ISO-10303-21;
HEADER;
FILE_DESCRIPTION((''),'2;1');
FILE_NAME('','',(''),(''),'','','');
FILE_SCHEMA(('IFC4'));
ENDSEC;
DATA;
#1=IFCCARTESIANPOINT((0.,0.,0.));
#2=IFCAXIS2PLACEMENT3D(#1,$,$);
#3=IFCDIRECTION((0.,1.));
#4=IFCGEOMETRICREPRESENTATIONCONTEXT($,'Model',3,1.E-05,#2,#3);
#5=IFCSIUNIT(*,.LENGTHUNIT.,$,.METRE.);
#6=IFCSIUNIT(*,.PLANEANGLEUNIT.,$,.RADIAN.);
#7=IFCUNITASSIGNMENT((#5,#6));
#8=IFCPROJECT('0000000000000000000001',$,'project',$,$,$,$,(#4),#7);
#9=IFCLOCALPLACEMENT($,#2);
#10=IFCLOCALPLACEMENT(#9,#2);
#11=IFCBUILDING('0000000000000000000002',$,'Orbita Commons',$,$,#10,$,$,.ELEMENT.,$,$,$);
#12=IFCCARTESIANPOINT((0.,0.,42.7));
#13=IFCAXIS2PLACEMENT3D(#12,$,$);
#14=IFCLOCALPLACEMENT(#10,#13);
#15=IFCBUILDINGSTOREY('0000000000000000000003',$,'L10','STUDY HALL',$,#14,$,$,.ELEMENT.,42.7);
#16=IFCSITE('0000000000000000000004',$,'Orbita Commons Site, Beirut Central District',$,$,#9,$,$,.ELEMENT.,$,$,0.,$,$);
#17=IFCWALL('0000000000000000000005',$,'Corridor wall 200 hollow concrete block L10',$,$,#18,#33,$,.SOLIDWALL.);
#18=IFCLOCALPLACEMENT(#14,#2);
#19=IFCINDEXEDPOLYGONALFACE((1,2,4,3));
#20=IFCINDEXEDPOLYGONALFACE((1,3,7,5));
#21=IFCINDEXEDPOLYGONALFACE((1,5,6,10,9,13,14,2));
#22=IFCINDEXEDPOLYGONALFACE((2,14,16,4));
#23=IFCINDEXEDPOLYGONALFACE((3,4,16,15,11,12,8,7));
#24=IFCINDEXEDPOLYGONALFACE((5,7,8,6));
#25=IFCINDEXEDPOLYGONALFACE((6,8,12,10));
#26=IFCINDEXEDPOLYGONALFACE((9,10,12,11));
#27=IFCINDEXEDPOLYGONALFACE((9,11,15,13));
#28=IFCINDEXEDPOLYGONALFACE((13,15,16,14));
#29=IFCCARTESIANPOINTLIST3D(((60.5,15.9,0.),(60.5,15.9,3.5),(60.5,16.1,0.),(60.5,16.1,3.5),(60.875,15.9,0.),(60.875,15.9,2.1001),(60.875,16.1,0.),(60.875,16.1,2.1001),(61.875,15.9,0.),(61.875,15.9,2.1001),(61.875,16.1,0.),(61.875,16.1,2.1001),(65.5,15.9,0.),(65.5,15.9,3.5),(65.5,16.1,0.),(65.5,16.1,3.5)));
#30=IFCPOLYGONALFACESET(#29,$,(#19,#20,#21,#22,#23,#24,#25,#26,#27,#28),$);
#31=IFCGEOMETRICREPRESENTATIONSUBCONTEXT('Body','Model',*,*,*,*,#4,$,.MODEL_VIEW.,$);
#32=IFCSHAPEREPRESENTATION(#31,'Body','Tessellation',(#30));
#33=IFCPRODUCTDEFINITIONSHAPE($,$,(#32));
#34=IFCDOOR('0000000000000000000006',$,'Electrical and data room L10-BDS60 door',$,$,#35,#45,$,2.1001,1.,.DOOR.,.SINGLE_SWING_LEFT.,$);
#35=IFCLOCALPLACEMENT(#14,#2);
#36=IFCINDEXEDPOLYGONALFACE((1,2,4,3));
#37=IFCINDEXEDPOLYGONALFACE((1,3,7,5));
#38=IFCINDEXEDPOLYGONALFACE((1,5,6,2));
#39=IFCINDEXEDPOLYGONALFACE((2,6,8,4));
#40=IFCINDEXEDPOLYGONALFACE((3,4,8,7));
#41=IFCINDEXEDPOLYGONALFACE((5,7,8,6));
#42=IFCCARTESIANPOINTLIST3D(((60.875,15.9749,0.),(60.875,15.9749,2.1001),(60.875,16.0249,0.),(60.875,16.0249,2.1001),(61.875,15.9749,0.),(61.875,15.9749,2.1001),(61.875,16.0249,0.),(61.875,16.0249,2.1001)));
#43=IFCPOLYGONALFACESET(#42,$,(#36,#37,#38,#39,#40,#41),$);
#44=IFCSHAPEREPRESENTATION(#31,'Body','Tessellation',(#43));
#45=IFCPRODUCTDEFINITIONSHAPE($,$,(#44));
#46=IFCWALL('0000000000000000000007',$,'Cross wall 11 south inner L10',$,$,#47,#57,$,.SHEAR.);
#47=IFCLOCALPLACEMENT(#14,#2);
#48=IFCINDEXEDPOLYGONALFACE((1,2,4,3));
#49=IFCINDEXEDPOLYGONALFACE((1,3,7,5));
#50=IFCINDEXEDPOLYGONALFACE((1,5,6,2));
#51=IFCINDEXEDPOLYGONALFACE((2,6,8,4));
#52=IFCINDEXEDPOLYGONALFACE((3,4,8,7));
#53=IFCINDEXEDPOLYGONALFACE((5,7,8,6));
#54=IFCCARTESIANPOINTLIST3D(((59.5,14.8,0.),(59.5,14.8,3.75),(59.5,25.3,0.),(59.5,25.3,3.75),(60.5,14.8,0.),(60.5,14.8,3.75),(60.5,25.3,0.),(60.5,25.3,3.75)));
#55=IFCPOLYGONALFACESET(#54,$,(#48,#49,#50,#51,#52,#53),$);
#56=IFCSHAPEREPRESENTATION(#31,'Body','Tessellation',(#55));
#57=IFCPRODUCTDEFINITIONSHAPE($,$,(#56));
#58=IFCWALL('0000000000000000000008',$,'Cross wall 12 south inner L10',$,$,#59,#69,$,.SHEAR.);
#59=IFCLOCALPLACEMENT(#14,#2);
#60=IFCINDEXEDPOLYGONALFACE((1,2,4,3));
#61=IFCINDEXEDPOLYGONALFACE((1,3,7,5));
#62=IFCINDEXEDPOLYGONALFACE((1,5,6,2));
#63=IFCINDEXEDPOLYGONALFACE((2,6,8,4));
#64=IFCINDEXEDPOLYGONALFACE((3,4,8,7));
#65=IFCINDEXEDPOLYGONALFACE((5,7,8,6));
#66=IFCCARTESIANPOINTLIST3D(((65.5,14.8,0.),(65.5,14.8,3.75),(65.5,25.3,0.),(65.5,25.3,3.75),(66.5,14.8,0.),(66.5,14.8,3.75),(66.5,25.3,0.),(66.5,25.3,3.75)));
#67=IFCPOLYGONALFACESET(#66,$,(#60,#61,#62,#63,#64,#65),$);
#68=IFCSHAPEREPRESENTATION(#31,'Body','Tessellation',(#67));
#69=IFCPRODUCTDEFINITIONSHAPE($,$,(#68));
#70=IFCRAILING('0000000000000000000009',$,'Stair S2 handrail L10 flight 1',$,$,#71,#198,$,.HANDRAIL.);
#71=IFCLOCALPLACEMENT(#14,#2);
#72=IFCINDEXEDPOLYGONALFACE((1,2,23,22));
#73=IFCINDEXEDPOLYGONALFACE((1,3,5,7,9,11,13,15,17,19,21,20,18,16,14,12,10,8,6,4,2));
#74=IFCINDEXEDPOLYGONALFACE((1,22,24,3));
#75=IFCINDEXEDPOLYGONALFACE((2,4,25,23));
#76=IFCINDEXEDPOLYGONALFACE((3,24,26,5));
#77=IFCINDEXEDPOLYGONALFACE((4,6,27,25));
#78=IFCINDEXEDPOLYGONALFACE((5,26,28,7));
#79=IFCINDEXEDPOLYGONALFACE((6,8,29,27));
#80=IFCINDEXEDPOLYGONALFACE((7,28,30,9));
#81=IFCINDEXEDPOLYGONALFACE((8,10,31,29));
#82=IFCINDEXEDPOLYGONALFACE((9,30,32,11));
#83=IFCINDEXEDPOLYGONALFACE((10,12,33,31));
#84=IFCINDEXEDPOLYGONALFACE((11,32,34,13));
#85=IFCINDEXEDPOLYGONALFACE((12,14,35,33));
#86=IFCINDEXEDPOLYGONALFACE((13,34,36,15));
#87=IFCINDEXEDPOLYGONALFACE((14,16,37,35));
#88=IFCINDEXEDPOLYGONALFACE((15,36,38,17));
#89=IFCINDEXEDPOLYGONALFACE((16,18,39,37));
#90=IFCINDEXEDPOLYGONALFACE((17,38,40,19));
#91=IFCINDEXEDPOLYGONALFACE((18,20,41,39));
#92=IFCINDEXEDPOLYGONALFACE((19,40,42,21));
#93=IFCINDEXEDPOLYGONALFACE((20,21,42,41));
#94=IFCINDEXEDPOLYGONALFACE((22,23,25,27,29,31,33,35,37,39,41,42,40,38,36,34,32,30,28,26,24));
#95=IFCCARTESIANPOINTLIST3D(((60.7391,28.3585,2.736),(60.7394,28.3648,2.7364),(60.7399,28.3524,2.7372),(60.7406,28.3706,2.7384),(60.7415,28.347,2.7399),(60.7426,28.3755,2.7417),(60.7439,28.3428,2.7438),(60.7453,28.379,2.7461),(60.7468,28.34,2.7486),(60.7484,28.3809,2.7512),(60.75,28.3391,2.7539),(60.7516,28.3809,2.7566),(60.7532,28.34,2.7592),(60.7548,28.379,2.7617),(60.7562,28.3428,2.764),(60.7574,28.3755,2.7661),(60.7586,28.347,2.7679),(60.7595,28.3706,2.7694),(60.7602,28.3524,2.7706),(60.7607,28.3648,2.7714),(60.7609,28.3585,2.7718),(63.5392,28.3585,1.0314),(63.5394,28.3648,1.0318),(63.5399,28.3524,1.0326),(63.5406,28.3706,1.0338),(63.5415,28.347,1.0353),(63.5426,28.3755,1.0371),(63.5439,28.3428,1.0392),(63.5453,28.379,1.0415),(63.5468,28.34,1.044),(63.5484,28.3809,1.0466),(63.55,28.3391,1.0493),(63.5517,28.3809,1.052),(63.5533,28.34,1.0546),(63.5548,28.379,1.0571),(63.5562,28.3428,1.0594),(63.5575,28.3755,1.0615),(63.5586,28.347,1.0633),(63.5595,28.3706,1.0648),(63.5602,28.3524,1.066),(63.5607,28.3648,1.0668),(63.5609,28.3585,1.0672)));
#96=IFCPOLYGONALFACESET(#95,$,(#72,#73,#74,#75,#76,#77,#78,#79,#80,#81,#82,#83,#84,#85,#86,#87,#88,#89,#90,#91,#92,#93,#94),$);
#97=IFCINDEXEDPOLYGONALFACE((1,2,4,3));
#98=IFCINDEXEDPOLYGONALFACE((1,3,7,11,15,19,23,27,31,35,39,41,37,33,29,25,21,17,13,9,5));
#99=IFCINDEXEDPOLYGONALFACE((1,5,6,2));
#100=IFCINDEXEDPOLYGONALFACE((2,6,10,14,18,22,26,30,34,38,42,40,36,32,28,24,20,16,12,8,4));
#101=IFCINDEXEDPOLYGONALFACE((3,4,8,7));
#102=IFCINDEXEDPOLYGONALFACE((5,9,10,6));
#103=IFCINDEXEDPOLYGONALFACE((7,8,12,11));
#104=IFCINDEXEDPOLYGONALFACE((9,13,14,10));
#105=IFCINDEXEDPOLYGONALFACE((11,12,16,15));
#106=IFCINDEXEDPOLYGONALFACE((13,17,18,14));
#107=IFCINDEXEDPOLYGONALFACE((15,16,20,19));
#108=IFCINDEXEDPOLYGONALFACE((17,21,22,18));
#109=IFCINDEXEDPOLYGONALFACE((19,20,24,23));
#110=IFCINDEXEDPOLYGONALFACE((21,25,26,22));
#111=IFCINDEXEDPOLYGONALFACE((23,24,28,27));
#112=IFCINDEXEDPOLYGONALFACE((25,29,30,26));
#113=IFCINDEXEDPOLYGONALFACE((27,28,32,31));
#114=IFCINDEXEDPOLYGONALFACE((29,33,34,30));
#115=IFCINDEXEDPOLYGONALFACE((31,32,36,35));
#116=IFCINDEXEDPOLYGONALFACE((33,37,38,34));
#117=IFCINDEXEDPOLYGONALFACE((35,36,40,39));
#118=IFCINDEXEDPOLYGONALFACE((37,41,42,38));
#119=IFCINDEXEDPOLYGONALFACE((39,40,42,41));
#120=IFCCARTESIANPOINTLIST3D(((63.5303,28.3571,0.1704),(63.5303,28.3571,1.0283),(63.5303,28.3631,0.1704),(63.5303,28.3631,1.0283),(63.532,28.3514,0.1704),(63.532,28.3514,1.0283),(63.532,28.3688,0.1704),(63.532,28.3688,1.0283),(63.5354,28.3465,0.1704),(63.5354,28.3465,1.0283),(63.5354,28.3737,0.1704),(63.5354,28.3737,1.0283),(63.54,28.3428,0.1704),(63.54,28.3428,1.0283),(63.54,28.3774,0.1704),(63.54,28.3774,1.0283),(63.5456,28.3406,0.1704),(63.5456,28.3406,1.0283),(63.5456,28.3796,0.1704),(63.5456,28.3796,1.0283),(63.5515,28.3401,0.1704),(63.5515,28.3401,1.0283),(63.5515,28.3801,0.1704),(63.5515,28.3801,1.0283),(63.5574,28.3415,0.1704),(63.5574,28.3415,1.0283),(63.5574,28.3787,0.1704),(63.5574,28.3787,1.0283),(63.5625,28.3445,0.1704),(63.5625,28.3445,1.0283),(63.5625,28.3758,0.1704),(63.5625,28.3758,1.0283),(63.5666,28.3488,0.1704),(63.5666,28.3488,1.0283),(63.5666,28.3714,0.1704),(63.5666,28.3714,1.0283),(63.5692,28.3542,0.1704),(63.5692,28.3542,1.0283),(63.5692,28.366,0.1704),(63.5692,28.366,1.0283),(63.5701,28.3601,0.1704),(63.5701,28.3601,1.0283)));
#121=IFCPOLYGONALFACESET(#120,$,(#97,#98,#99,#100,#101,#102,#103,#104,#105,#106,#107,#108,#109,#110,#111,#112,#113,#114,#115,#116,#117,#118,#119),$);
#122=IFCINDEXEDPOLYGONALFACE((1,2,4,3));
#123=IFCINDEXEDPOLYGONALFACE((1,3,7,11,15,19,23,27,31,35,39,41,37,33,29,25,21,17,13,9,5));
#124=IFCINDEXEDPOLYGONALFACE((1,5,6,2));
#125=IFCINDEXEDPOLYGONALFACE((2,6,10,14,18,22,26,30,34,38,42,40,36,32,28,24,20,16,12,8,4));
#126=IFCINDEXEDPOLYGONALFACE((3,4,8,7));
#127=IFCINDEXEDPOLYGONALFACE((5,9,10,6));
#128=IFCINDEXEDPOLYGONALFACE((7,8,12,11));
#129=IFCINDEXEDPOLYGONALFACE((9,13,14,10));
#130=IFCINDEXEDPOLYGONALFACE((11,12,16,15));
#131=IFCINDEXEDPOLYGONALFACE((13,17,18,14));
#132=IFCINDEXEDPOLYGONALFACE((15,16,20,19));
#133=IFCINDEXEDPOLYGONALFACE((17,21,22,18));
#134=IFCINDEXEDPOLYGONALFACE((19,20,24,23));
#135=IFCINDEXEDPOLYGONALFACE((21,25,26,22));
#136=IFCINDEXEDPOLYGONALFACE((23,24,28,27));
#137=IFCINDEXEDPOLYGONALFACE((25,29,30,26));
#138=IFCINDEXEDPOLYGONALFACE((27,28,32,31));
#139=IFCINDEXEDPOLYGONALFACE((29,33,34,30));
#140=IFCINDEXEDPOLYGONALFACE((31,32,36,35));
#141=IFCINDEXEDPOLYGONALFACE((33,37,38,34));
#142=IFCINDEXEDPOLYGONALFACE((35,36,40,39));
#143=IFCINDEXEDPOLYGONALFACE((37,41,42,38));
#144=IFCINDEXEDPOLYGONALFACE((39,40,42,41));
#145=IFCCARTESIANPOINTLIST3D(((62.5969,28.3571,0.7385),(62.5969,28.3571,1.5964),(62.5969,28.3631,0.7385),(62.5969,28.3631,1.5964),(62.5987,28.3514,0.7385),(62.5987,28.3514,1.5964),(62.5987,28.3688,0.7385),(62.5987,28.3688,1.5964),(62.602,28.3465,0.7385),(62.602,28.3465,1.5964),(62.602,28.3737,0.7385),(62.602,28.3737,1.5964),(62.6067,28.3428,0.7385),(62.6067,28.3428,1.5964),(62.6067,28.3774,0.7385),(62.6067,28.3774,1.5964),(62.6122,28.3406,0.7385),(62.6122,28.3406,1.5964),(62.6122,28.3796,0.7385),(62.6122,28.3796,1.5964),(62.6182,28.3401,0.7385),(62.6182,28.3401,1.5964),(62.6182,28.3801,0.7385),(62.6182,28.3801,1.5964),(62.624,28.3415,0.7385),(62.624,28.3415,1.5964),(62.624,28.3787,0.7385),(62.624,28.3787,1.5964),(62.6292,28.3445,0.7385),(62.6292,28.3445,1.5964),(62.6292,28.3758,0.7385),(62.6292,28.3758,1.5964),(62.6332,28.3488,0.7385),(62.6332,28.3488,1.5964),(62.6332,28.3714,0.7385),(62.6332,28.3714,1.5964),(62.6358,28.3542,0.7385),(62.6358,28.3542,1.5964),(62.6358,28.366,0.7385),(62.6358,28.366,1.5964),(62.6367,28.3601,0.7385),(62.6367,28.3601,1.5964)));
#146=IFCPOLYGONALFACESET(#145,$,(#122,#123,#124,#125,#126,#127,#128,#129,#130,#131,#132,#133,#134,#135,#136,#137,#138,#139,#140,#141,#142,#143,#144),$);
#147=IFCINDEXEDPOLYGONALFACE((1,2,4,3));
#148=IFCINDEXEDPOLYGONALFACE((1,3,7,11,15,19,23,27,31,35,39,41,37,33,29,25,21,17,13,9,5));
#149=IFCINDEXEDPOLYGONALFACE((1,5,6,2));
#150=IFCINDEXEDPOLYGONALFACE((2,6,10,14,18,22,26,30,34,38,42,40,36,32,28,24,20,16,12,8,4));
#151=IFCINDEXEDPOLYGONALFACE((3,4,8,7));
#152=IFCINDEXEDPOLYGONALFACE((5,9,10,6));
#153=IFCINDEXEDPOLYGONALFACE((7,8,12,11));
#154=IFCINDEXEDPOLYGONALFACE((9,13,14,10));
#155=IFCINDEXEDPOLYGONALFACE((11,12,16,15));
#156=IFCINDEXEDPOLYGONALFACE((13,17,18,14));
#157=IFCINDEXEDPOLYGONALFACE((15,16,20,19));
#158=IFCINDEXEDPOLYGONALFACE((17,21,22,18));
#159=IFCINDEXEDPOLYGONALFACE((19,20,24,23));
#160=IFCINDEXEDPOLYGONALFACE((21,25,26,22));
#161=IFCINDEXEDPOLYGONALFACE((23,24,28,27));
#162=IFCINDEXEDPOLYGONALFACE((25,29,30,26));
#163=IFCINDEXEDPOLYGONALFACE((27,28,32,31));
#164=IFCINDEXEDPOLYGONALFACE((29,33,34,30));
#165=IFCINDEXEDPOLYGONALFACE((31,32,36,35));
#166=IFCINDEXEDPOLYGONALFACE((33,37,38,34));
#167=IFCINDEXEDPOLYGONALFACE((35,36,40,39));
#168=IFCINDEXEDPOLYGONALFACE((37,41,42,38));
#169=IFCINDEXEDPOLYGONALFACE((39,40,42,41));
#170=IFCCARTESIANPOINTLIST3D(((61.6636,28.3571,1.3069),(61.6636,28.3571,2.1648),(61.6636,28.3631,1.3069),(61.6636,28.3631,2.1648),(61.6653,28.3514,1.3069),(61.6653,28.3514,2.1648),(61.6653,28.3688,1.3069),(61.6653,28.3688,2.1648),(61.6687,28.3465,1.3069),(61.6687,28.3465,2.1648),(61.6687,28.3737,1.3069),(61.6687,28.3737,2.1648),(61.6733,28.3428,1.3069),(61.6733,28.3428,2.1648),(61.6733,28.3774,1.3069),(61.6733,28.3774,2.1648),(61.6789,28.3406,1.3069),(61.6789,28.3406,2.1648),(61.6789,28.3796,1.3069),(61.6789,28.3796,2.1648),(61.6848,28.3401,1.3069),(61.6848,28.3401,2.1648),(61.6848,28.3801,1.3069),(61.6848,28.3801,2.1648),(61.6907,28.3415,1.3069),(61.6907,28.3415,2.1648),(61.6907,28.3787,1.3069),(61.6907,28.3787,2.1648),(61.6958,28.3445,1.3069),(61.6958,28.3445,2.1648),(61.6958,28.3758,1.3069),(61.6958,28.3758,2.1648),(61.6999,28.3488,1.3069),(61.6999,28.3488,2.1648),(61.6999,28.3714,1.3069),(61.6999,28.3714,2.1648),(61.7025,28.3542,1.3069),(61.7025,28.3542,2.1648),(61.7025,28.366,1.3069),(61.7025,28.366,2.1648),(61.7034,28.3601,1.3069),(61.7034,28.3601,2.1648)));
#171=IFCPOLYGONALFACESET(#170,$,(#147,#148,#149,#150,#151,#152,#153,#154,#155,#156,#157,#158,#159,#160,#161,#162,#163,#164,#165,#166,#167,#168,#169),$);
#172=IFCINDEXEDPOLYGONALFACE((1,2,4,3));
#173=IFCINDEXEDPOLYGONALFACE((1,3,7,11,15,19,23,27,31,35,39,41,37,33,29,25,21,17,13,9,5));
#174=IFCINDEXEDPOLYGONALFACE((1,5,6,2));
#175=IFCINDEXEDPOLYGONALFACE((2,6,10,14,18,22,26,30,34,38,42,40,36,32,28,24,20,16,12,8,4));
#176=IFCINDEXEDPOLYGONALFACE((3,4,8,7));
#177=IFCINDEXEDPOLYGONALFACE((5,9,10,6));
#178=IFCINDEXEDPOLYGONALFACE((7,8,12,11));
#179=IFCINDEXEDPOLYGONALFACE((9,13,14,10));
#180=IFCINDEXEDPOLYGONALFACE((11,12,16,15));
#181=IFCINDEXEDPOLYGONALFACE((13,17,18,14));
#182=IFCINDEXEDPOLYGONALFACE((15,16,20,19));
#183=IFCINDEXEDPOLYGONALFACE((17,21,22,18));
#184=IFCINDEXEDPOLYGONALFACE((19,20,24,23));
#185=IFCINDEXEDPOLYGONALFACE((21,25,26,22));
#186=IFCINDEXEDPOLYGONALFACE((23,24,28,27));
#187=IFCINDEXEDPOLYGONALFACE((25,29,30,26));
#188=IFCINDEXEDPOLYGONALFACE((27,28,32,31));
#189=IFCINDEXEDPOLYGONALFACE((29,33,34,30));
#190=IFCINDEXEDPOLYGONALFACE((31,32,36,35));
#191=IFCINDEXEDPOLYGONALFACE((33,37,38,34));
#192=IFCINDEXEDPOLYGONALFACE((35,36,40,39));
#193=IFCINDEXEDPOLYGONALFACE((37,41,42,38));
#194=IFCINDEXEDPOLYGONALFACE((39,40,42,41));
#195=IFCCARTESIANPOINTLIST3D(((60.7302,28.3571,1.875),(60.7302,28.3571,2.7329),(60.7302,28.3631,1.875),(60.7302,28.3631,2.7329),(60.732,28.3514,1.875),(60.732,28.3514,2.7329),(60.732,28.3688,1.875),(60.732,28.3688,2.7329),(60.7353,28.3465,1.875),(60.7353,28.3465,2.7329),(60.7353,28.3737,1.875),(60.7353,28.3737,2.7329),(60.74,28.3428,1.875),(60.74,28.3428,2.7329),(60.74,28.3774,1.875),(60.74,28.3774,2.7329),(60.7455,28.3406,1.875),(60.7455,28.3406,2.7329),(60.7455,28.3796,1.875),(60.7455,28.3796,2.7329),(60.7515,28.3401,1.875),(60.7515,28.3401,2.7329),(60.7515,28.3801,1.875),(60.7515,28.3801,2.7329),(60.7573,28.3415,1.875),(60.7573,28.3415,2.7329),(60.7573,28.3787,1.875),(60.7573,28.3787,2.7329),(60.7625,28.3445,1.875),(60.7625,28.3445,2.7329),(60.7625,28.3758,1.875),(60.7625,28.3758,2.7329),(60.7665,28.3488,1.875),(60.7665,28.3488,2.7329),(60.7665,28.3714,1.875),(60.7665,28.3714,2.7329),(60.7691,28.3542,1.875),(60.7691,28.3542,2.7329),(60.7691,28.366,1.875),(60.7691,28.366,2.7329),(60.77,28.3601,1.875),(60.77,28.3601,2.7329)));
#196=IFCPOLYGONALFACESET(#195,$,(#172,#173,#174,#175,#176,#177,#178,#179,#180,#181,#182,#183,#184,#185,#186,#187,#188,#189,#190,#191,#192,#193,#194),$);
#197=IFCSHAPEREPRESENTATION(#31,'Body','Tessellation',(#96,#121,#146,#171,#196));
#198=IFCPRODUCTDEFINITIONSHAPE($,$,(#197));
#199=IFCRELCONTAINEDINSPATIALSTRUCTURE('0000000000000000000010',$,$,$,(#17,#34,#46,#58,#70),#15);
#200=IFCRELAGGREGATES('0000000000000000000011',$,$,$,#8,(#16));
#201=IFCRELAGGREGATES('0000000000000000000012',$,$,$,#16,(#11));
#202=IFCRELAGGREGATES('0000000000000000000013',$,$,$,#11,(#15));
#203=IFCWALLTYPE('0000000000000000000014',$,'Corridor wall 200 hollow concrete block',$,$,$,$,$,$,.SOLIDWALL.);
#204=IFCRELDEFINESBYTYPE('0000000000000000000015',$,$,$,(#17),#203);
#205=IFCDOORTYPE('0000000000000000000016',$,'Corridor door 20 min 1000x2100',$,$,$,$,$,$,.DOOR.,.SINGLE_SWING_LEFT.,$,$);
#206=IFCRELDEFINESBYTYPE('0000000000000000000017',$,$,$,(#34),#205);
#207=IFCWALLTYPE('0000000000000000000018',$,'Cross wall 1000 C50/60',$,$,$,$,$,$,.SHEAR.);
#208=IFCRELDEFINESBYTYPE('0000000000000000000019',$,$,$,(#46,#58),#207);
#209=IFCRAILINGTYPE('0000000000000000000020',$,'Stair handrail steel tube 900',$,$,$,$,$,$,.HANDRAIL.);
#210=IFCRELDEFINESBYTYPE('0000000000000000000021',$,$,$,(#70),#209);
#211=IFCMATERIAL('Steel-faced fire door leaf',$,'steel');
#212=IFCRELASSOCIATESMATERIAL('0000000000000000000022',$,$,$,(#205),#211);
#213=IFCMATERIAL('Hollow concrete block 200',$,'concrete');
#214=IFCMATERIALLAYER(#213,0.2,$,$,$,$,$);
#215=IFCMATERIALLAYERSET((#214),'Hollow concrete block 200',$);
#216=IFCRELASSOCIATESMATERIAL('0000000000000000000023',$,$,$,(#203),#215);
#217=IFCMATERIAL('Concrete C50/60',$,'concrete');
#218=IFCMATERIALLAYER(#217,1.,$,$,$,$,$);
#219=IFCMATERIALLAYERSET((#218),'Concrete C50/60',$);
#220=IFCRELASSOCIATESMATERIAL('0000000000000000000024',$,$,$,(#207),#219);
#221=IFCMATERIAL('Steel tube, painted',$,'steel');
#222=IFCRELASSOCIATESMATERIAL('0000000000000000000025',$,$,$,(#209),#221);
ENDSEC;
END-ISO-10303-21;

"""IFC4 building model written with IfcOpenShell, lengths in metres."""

from ifc_helpers import new_model, si_unit, direction, frame, frame_2d, origin, origin_2d, place, context, subcontext, project, spatial, rectangle, circle, extrude, material, layer, layer_set, type_object, element, fill, save


model = new_model("IFC4")

# Units and contexts
model_context = context("Model", 3, precision=1e-05, world=origin(), true_north=direction((0.0, 1.0)))
body_context = subcontext(model_context, "Body", "Model", "MODEL_VIEW")
ifc_project = project(units=[si_unit("LENGTHUNIT", "METRE"), si_unit("PLANEANGLEUNIT", "RADIAN")], contexts=[model_context])

# Site, building, storey
site_placement = place(None, origin())
site = spatial("IfcSite", under=ifc_project, at=site_placement, Name="Orbita Commons Site, Beirut Central District", CompositionType="ELEMENT", RefElevation=0.0)
building_placement = place(site_placement, origin())
building = spatial("IfcBuilding", under=site, at=building_placement, Name="Orbita Commons", CompositionType="ELEMENT")
storey_placement = place(building_placement, frame((0.0, 0.0, 42.7)))
storey = spatial("IfcBuildingStorey", under=building, at=storey_placement, Name="L10", Description="STUDY HALL", CompositionType="ELEMENT", Elevation=42.7)

# Wall, opening, door
ifc_material_1 = material(Name="Steel-faced fire door leaf", Category="steel")
door_type = type_object("IfcDoorType", Name="Corridor door 20 min 1000x2100", OperationType="SINGLE_SWING_LEFT", PredefinedType="DOOR", material=ifc_material_1)
ifc_material_2 = material(Name="Hollow concrete block 200", Category="concrete")
ifc_layer_1 = layer(ifc_material_2, 0.2)
ifc_layer_set_1 = layer_set([ifc_layer_1], Name="Hollow concrete block 200")
wall_type_1 = type_object("IfcWallType", Name="Corridor wall 200 hollow concrete block", PredefinedType="SOLIDWALL", material=ifc_layer_set_1)
wall_1_placement = place(storey_placement, frame((60.5, 16.0, 0.0), z_axis=(0.0, 0.0, 1.0), x_axis=(1.0, 0.0, 0.0)))
wall_1 = element("IfcWall", 1, at=wall_1_placement, inside=storey, type_object=wall_type_1, Name="Corridor wall 200 hollow concrete block L10", PredefinedType="SOLIDWALL", context=body_context, shape_type="SweptSolid", body=[
    extrude(rectangle(XDim=5.0, YDim=0.2, at=frame_2d((2.5, 0.0))), origin(), (0.0, 0.0, 1.0), 3.5),
])
opening_1_placement = place(wall_1_placement, frame((0.375, 0.0, 0.0)))
opening_1 = element("IfcOpeningElement", 2, at=opening_1_placement, cuts=wall_1, PredefinedType="OPENING", context=body_context, shape_type="SweptSolid", body=[
    extrude(rectangle(XDim=1.0, YDim=2.1001, at=frame_2d((0.5, 1.05))), frame((0.0, 0.1099, 0.0), z_axis=(0.0, -1.0, 0.0), x_axis=(1.0, 0.0, 0.0)), (0.0, 0.0, 1.0), 0.22),
])
door_1_placement = place(opening_1_placement, origin())
door_1 = element("IfcDoor", 3, at=door_1_placement, inside=storey, type_object=door_type, Name="Electrical and data room L10-BDS60 door", OperationType="SINGLE_SWING_LEFT", OverallHeight=2.1001, OverallWidth=1.0, PredefinedType="DOOR", context=body_context, shape_type="SweptSolid", body=[
    extrude(rectangle(XDim=1.0, YDim=2.1001, at=frame_2d((0.5, 1.05))), frame((0.0, 0.0249, 0.0), z_axis=(0.0, -1.0, 0.0), x_axis=(1.0, 0.0, 0.0)), (0.0, 0.0, 1.0), 0.05),
])
fill(opening_1, door_1)

# Walls
ifc_material_3 = material(Name="Concrete C50/60", Category="concrete")
ifc_layer_2 = layer(ifc_material_3, 1.0)
ifc_layer_set_2 = layer_set([ifc_layer_2], Name="Concrete C50/60")
wall_type_2 = type_object("IfcWallType", Name="Cross wall 1000 C50/60", PredefinedType="SHEAR", material=ifc_layer_set_2)
for number, where, z_axis, x_axis, name in (
    (4, (60.0, 14.8, 0.0), (0.0, 0.0, 1.0), (0.0, 1.0, 0.0), "Cross wall 11 south inner L10"),
    (5, (66.0, 14.8, 0.0), (0.0, 0.0, 1.0), (0.0, 1.0, 0.0), "Cross wall 12 south inner L10"),
):
    element("IfcWall", number, at=place(storey_placement, frame(where, z_axis=z_axis, x_axis=x_axis)), inside=storey, type_object=wall_type_2, Name=name, PredefinedType="SHEAR", context=body_context, shape_type="SweptSolid", body=[
        extrude(rectangle(XDim=10.5, YDim=1.0, at=frame_2d((5.25, 0.0))), origin(), (0.0, 0.0, 1.0), 3.75),
    ])

# Railing
ifc_material_4 = material(Name="Steel tube, painted", Category="steel")
railing_type = type_object("IfcRailingType", Name="Stair handrail steel tube 900", PredefinedType="HANDRAIL", material=ifc_material_4)
for number, where, name in (
    (6, (63.55, 28.3601, 0.1704), "Stair S2 handrail L10 flight 1"),
):
    element("IfcRailing", number, at=place(storey_placement, frame(where)), inside=storey, type_object=railing_type, Name=name, PredefinedType="HANDRAIL", context=body_context, shape_type="SweptSolid", body=[
        extrude(circle(Radius=0.021, at=origin_2d()), frame((0.0, 0.0, 0.8789), z_axis=(-0.85417, 0.0, 0.519994), x_axis=(0.0, -1.0, 0.0)), (0.0, 0.0, 1.0), 3.2781),
        extrude(circle(Radius=0.02, at=origin_2d()), origin(), (0.0, 0.0, 1.0), 0.8579),
        extrude(circle(Radius=0.02, at=origin_2d()), frame((-0.9333, 0.0, 0.5681)), (0.0, 0.0, 1.0), 0.8579),
        extrude(circle(Radius=0.02, at=origin_2d()), frame((-1.8667, 0.0, 1.1365)), (0.0, 0.0, 1.0), 0.8579),
        extrude(circle(Radius=0.02, at=origin_2d()), frame((-2.8, 0.0, 1.7046)), (0.0, 0.0, 1.0), 0.8579),
    ])

save(model, "model.ifc")
